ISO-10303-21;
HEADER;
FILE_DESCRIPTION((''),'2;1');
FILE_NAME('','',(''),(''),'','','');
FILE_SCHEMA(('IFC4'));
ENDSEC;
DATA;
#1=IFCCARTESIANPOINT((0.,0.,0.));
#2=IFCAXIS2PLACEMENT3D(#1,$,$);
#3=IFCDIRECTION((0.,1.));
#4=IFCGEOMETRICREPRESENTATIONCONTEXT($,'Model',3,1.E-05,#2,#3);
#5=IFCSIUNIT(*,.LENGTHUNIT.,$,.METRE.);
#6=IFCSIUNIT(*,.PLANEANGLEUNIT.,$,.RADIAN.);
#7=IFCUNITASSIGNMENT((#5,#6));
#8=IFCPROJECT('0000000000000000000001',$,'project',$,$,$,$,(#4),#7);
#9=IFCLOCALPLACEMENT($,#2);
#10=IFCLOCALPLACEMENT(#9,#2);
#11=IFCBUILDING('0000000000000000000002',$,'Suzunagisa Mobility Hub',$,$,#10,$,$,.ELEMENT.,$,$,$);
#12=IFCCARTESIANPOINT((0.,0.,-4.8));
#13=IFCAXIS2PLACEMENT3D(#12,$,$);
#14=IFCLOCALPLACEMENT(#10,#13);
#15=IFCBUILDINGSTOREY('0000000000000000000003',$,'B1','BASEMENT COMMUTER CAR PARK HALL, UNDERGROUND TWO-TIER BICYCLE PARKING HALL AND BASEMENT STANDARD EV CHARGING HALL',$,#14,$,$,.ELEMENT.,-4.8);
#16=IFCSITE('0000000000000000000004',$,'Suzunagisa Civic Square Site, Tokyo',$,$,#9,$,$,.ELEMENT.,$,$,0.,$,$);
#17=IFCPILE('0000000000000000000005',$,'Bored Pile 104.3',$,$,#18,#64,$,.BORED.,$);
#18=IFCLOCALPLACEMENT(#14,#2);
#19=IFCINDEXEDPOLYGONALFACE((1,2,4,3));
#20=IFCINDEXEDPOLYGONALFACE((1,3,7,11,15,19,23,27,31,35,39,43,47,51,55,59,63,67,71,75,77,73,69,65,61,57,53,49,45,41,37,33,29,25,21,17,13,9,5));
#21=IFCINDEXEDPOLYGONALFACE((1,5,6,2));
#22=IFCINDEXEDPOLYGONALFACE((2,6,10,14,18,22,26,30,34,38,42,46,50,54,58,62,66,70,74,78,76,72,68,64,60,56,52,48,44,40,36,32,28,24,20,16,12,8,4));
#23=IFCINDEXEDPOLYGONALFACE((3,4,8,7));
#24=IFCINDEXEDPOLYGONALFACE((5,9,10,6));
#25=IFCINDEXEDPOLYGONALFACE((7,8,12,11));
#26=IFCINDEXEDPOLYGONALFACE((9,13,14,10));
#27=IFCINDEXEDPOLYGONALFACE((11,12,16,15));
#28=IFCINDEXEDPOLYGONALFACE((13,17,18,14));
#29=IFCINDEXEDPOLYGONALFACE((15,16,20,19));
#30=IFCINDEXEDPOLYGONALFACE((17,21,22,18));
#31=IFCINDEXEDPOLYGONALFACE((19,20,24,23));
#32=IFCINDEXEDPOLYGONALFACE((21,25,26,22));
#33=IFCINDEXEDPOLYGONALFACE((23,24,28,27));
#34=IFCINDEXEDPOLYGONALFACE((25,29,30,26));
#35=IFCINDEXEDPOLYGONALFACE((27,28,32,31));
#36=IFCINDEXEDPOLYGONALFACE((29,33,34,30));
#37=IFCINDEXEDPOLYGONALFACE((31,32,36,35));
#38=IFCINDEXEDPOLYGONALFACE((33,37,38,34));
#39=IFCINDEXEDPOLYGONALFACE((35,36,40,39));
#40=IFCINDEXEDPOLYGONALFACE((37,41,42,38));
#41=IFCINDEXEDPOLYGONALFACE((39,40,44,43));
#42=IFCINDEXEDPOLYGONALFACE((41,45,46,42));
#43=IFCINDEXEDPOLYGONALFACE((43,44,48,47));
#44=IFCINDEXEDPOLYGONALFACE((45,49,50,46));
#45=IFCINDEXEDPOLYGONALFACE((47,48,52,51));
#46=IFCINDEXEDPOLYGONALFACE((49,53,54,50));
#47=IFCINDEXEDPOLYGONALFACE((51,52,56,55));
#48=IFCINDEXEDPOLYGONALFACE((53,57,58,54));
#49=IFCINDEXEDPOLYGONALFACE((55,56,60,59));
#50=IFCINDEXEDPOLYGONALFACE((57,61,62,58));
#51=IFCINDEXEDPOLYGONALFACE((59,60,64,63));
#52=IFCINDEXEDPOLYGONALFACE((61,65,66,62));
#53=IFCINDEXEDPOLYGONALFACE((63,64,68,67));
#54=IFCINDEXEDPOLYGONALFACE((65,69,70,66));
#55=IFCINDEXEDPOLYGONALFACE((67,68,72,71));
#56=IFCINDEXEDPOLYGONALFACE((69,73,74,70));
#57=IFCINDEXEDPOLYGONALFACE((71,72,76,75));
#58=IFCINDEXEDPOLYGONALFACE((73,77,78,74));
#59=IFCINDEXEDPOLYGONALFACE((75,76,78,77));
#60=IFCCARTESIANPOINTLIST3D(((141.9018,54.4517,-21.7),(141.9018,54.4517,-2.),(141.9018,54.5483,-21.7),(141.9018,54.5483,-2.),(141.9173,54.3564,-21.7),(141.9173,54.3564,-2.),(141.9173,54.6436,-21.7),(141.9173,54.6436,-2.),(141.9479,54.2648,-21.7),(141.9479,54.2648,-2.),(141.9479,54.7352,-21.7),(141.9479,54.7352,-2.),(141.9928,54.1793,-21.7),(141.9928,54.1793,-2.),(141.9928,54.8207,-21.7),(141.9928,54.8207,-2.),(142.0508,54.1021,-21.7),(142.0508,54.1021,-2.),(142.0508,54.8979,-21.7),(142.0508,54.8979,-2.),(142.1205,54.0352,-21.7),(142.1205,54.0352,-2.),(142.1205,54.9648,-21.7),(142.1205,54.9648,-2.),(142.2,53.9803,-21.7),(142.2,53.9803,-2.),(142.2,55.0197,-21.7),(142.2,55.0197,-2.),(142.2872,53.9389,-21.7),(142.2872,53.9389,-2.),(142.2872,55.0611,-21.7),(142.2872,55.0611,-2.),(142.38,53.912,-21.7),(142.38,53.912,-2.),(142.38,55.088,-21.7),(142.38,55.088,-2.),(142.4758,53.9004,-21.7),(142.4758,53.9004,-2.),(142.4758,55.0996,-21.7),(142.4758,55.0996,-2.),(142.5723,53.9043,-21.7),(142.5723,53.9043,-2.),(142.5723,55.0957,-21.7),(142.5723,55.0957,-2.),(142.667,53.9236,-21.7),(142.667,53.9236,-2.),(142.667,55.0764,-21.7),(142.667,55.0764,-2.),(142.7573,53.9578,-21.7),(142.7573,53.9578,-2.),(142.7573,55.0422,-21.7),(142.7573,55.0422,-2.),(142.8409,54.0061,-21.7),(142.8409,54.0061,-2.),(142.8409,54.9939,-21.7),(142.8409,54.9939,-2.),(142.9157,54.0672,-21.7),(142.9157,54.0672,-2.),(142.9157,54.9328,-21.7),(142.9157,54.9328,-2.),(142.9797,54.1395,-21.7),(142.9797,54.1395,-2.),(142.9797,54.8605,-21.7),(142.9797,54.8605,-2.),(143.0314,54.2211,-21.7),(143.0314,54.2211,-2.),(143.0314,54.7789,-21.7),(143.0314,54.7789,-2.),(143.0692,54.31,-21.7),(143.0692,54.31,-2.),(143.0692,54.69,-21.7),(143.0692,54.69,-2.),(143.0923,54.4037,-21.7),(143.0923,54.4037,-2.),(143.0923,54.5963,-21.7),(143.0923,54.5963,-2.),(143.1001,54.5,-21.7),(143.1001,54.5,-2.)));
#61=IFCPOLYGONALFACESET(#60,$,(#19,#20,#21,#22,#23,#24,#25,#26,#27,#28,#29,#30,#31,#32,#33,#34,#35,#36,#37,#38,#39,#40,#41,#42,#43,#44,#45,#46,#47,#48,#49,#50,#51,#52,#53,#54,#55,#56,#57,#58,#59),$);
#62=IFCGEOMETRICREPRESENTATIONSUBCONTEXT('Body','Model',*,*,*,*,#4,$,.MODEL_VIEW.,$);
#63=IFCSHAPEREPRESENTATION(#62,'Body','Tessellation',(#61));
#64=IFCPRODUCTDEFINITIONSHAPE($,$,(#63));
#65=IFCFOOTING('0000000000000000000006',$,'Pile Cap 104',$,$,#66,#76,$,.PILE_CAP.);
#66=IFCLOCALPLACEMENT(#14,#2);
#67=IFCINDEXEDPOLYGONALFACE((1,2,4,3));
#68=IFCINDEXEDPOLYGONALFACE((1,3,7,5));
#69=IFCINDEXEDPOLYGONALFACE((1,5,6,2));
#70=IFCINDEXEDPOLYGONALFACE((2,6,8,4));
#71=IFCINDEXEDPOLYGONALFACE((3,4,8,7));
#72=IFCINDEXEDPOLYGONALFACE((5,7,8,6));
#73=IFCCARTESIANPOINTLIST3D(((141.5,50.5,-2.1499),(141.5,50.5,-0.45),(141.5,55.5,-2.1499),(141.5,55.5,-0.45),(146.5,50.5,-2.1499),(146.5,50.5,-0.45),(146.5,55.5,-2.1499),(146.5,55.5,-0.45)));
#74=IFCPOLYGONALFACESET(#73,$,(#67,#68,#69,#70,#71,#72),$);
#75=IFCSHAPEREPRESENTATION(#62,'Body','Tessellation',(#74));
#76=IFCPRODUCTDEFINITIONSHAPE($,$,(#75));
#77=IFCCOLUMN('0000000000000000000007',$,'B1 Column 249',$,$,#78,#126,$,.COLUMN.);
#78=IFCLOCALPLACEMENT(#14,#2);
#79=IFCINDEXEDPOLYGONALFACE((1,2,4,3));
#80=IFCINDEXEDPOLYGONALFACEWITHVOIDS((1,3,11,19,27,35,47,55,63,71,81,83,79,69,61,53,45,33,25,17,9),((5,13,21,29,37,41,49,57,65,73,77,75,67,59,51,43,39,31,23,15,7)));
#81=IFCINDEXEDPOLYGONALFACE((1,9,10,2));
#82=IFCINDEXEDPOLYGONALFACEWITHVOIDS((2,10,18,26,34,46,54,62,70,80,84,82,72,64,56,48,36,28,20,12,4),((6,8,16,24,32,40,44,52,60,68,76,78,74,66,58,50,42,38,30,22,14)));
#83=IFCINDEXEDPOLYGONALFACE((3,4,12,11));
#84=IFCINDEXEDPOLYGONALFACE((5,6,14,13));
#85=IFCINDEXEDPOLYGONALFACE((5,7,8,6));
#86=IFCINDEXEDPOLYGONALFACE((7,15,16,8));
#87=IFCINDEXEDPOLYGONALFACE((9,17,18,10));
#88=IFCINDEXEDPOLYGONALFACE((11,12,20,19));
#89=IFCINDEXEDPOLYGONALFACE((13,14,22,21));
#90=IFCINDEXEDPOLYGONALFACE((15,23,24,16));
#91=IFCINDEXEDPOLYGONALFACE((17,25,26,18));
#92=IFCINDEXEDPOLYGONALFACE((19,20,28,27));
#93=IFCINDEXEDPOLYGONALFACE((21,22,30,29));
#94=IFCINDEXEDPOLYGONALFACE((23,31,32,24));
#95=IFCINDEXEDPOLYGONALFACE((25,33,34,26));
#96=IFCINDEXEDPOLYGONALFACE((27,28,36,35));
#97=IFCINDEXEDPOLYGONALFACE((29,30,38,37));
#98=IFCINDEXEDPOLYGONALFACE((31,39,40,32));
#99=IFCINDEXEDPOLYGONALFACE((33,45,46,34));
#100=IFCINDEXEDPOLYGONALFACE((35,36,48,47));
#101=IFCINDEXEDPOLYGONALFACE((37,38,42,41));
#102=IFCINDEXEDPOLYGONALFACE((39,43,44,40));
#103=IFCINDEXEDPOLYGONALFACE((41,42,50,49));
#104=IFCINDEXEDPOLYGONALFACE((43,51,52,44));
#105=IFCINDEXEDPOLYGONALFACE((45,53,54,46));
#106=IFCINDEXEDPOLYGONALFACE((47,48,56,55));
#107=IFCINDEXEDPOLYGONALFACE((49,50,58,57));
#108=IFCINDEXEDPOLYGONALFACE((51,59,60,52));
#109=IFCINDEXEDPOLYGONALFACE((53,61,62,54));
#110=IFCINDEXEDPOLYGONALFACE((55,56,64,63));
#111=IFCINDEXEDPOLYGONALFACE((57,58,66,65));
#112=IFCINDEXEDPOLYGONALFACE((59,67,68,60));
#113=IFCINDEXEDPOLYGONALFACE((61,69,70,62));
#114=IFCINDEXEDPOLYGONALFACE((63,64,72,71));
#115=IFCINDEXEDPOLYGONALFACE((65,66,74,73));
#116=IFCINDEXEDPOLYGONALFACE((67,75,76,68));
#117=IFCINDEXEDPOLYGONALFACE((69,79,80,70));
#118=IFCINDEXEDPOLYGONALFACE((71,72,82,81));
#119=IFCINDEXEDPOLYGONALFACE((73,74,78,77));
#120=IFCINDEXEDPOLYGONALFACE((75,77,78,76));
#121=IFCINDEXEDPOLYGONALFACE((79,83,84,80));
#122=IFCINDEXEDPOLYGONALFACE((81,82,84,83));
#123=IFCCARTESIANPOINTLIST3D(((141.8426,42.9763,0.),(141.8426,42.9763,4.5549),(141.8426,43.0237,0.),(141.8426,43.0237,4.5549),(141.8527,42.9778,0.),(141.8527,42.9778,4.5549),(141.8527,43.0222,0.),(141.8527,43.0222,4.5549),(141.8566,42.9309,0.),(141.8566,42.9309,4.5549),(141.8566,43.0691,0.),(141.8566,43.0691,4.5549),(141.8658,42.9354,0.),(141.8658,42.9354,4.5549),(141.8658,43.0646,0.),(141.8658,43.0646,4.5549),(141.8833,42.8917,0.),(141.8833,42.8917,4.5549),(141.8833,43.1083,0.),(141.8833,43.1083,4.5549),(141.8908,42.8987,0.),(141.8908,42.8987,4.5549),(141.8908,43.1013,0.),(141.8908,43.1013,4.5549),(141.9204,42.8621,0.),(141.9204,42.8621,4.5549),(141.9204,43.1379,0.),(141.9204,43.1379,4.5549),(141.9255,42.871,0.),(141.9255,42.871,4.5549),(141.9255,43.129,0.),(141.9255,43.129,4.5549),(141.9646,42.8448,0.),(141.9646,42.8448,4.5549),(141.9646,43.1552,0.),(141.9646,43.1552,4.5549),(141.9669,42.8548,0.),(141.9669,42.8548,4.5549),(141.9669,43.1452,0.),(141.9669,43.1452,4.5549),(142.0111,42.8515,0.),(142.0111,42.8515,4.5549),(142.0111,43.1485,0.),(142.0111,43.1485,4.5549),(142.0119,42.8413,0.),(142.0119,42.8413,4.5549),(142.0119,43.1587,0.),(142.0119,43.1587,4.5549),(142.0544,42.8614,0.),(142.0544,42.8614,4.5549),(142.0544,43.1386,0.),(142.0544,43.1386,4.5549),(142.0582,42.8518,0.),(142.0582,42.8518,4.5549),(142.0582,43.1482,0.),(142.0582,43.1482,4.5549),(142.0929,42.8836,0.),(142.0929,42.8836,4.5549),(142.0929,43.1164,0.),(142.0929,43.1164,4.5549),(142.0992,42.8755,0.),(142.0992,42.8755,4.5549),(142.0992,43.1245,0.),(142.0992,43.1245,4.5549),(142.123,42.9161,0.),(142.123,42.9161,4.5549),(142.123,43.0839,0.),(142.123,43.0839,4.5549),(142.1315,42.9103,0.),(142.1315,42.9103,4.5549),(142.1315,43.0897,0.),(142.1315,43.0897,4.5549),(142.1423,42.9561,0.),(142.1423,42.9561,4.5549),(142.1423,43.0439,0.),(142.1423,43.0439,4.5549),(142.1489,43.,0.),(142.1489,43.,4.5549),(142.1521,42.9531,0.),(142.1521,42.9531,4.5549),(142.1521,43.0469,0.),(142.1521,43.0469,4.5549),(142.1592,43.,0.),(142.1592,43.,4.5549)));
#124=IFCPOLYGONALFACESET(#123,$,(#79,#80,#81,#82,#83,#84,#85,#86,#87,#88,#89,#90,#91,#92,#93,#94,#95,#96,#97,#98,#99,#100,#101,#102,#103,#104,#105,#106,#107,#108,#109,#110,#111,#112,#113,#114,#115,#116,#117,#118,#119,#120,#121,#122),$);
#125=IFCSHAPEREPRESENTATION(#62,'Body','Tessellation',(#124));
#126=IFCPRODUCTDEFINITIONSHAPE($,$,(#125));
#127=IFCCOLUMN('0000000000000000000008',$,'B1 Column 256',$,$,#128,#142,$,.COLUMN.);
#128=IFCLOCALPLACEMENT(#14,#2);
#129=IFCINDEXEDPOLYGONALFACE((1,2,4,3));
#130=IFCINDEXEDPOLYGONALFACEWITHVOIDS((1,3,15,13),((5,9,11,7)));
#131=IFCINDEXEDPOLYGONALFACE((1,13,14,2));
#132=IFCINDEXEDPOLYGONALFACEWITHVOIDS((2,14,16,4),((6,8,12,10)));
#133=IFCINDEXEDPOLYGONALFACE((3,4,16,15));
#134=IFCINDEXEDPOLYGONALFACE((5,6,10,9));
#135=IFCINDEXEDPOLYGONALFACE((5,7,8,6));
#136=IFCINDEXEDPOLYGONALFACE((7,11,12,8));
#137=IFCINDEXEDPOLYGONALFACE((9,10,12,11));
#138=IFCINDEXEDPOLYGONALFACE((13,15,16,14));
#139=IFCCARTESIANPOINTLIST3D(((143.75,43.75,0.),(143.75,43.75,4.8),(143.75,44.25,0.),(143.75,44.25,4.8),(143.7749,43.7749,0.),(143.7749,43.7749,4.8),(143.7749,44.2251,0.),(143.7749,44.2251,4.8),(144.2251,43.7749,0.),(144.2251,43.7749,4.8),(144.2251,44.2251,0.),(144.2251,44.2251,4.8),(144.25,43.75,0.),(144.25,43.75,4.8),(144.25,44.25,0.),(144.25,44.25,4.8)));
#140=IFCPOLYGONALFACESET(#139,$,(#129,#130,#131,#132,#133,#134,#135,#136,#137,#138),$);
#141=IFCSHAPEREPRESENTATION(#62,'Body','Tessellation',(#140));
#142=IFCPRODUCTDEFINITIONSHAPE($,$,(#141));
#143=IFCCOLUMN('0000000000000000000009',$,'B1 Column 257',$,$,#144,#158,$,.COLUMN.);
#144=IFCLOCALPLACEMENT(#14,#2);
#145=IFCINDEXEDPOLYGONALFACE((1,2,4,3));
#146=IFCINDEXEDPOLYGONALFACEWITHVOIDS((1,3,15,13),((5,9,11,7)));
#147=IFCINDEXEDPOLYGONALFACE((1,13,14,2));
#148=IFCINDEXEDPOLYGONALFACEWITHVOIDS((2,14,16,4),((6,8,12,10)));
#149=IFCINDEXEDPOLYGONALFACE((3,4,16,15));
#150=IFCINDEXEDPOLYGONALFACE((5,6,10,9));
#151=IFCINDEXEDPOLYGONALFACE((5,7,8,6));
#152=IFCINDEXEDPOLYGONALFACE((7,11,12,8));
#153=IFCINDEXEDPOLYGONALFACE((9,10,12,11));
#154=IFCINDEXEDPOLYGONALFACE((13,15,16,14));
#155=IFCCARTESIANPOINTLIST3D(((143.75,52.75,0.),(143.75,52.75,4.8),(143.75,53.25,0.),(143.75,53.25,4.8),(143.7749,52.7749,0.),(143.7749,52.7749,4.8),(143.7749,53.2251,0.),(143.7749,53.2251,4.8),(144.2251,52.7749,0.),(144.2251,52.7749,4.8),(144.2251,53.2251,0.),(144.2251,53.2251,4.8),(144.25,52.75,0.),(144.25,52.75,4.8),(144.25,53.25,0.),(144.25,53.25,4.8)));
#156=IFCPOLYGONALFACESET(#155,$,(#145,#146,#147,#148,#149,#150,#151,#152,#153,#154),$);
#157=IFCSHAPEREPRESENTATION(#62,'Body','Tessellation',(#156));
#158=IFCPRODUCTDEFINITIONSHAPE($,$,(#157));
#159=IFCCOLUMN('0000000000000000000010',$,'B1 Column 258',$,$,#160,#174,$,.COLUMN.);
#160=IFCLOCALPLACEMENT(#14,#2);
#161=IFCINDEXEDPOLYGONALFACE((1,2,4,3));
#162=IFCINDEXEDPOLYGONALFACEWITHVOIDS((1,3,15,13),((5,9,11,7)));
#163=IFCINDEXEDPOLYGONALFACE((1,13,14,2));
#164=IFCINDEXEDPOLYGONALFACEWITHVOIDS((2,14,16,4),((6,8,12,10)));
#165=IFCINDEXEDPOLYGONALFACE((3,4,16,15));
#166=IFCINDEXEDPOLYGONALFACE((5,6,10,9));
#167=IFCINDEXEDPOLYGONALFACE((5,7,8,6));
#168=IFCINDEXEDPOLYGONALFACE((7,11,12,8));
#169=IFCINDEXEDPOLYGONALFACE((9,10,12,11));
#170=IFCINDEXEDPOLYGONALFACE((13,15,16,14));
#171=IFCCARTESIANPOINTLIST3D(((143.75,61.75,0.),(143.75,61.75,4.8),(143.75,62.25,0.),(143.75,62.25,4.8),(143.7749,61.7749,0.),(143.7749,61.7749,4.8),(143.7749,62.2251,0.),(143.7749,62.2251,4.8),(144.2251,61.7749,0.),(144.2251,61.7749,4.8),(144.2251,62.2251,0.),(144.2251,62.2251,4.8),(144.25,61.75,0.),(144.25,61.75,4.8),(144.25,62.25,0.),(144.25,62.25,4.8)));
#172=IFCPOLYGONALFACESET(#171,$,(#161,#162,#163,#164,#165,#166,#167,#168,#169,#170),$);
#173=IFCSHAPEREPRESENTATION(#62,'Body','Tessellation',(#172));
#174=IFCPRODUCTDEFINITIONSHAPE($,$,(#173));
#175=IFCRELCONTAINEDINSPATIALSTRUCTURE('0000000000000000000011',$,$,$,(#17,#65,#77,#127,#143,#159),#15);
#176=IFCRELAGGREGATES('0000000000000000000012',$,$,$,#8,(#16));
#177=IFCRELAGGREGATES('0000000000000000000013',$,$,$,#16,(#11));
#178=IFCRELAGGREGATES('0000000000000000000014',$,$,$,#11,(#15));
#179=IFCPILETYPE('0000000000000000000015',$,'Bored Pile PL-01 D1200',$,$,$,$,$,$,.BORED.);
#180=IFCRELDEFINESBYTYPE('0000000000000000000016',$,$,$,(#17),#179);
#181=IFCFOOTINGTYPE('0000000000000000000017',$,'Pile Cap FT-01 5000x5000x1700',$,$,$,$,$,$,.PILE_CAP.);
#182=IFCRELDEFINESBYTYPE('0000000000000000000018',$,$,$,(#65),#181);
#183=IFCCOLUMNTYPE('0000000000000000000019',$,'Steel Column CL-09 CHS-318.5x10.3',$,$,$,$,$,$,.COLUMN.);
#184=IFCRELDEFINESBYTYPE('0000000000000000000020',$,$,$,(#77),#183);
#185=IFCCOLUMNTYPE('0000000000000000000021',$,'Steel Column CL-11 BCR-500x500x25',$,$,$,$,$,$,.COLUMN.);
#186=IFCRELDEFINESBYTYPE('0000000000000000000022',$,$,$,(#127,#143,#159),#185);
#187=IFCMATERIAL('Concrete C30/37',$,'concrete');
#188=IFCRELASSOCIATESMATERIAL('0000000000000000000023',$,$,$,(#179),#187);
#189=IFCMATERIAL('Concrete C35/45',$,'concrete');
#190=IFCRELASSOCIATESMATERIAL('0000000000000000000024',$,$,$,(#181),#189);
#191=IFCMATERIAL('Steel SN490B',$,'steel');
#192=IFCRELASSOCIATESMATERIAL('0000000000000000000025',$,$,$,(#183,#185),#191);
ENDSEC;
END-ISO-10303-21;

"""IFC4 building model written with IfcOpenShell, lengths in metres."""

from ifc_helpers import new_model, si_unit, direction, frame, origin, origin_2d, place, context, subcontext, project, spatial, rectangle, hollow_rectangle, circle, hollow_circle, extrude, material, material_profile, profile_set, type_object, element, save


model = new_model("IFC4")

# Units and contexts
model_context = context("Model", 3, precision=1e-05, world=origin(), true_north=direction((0.0, 1.0)))
body_context = subcontext(model_context, "Body", "Model", "MODEL_VIEW")
ifc_project = project(units=[si_unit("LENGTHUNIT", "METRE"), si_unit("PLANEANGLEUNIT", "RADIAN")], contexts=[model_context])

# Site, building, storey
site_placement = place(None, origin())
site = spatial("IfcSite", under=ifc_project, at=site_placement, Name="Suzunagisa Civic Square Site, Tokyo", CompositionType="ELEMENT", RefElevation=0.0)
building_placement = place(site_placement, origin())
building = spatial("IfcBuilding", under=site, at=building_placement, Name="Suzunagisa Mobility Hub", CompositionType="ELEMENT")
storey_placement = place(building_placement, frame((0.0, 0.0, -4.8)))
storey = spatial("IfcBuildingStorey", under=building, at=storey_placement, Name="B1", Description="BASEMENT COMMUTER CAR PARK HALL, UNDERGROUND TWO-TIER BICYCLE PARKING HALL AND BASEMENT STANDARD EV CHARGING HALL", CompositionType="ELEMENT", Elevation=-4.8)

# Pile
ifc_material_1 = material(Name="Concrete C30/37", Category="concrete")
ifc_material_profile_1 = material_profile(ifc_material_1, circle(Radius=0.6001, at=origin_2d()), Name="BORED PILE D1200")
ifc_profile_set_1 = profile_set([ifc_material_profile_1], Name="Concrete C30/37")
pile_type = type_object("IfcPileType", Name="Bored Pile PL-01 D1200", PredefinedType="BORED", material=ifc_profile_set_1)
for number, where, z_axis, x_axis, name in (
    (1, (142.5, 54.5, -2.0), (0.0, 0.0, -1.0), (1.0, 0.0, 0.0), "Bored Pile 104.3"),
):
    element("IfcPile", number, at=place(storey_placement, frame(where, z_axis=z_axis, x_axis=x_axis)), inside=storey, type_object=pile_type, Name=name, PredefinedType="BORED", context=body_context, shape_type="SweptSolid", body=[
        extrude(circle(Radius=0.6001, at=origin_2d()), origin(), (0.0, 0.0, 1.0), 19.7),
    ])

# Footing
ifc_material_2 = material(Name="Concrete C35/45", Category="concrete")
footing_type = type_object("IfcFootingType", Name="Pile Cap FT-01 5000x5000x1700", PredefinedType="PILE_CAP", material=ifc_material_2)
footing_placement = place(storey_placement, frame((144.0, 53.0, -2.1499), z_axis=(0.0, 0.0, 1.0), x_axis=(1.0, 0.0, 0.0)))
element("IfcFooting", 2, at=footing_placement, inside=storey, type_object=footing_type, Name="Pile Cap 104", PredefinedType="PILE_CAP", context=body_context, shape_type="SweptSolid", body=[
    extrude(rectangle(XDim=5.0, YDim=5.0, at=origin_2d()), origin(), (0.0, 0.0, 1.0), 1.7),
])

# Columns
ifc_material_3 = material(Name="Steel SN490B", Category="steel")
ifc_material_profile_2 = material_profile(ifc_material_3, hollow_circle(Radius=0.1592, WallThickness=0.0103, at=origin_2d()), Name="CHS-318.5x10.3")
ifc_profile_set_2 = profile_set([ifc_material_profile_2], Name="Steel SN490B")
column_type_1 = type_object("IfcColumnType", Name="Steel Column CL-09 CHS-318.5x10.3", PredefinedType="COLUMN", material=ifc_profile_set_2)
column_placement = place(storey_placement, frame((142.0, 43.0, 0.0), z_axis=(0.0, 0.0, 1.0), x_axis=(1.0, 0.0, 0.0)))
element("IfcColumn", 3, at=column_placement, inside=storey, type_object=column_type_1, Name="B1 Column 249", PredefinedType="COLUMN", context=body_context, shape_type="SweptSolid", body=[
    extrude(hollow_circle(Radius=0.1592, WallThickness=0.0103, at=origin_2d()), origin(), (0.0, 0.0, 1.0), 4.5549),
])
ifc_material_profile_3 = material_profile(ifc_material_3, hollow_rectangle(XDim=0.5, YDim=0.5, WallThickness=0.0249, at=origin_2d()), Name="BCR-500x500x25")
ifc_profile_set_3 = profile_set([ifc_material_profile_3], Name="Steel SN490B")
column_type_2 = type_object("IfcColumnType", Name="Steel Column CL-11 BCR-500x500x25", PredefinedType="COLUMN", material=ifc_profile_set_3)
for number, where, z_axis, x_axis, name in (
    (4, (144.0, 44.0, 0.0), (0.0, 0.0, 1.0), (1.0, 0.0, 0.0), "B1 Column 256"),
    (5, (144.0, 53.0, 0.0), (0.0, 0.0, 1.0), (1.0, 0.0, 0.0), "B1 Column 257"),
    (6, (144.0, 62.0, 0.0), (0.0, 0.0, 1.0), (1.0, 0.0, 0.0), "B1 Column 258"),
):
    element("IfcColumn", number, at=place(storey_placement, frame(where, z_axis=z_axis, x_axis=x_axis)), inside=storey, type_object=column_type_2, Name=name, PredefinedType="COLUMN", context=body_context, shape_type="SweptSolid", body=[
        extrude(hollow_rectangle(XDim=0.5, YDim=0.5, WallThickness=0.0249, at=origin_2d()), origin(), (0.0, 0.0, 1.0), 4.8),
    ])

save(model, "model.ifc")
